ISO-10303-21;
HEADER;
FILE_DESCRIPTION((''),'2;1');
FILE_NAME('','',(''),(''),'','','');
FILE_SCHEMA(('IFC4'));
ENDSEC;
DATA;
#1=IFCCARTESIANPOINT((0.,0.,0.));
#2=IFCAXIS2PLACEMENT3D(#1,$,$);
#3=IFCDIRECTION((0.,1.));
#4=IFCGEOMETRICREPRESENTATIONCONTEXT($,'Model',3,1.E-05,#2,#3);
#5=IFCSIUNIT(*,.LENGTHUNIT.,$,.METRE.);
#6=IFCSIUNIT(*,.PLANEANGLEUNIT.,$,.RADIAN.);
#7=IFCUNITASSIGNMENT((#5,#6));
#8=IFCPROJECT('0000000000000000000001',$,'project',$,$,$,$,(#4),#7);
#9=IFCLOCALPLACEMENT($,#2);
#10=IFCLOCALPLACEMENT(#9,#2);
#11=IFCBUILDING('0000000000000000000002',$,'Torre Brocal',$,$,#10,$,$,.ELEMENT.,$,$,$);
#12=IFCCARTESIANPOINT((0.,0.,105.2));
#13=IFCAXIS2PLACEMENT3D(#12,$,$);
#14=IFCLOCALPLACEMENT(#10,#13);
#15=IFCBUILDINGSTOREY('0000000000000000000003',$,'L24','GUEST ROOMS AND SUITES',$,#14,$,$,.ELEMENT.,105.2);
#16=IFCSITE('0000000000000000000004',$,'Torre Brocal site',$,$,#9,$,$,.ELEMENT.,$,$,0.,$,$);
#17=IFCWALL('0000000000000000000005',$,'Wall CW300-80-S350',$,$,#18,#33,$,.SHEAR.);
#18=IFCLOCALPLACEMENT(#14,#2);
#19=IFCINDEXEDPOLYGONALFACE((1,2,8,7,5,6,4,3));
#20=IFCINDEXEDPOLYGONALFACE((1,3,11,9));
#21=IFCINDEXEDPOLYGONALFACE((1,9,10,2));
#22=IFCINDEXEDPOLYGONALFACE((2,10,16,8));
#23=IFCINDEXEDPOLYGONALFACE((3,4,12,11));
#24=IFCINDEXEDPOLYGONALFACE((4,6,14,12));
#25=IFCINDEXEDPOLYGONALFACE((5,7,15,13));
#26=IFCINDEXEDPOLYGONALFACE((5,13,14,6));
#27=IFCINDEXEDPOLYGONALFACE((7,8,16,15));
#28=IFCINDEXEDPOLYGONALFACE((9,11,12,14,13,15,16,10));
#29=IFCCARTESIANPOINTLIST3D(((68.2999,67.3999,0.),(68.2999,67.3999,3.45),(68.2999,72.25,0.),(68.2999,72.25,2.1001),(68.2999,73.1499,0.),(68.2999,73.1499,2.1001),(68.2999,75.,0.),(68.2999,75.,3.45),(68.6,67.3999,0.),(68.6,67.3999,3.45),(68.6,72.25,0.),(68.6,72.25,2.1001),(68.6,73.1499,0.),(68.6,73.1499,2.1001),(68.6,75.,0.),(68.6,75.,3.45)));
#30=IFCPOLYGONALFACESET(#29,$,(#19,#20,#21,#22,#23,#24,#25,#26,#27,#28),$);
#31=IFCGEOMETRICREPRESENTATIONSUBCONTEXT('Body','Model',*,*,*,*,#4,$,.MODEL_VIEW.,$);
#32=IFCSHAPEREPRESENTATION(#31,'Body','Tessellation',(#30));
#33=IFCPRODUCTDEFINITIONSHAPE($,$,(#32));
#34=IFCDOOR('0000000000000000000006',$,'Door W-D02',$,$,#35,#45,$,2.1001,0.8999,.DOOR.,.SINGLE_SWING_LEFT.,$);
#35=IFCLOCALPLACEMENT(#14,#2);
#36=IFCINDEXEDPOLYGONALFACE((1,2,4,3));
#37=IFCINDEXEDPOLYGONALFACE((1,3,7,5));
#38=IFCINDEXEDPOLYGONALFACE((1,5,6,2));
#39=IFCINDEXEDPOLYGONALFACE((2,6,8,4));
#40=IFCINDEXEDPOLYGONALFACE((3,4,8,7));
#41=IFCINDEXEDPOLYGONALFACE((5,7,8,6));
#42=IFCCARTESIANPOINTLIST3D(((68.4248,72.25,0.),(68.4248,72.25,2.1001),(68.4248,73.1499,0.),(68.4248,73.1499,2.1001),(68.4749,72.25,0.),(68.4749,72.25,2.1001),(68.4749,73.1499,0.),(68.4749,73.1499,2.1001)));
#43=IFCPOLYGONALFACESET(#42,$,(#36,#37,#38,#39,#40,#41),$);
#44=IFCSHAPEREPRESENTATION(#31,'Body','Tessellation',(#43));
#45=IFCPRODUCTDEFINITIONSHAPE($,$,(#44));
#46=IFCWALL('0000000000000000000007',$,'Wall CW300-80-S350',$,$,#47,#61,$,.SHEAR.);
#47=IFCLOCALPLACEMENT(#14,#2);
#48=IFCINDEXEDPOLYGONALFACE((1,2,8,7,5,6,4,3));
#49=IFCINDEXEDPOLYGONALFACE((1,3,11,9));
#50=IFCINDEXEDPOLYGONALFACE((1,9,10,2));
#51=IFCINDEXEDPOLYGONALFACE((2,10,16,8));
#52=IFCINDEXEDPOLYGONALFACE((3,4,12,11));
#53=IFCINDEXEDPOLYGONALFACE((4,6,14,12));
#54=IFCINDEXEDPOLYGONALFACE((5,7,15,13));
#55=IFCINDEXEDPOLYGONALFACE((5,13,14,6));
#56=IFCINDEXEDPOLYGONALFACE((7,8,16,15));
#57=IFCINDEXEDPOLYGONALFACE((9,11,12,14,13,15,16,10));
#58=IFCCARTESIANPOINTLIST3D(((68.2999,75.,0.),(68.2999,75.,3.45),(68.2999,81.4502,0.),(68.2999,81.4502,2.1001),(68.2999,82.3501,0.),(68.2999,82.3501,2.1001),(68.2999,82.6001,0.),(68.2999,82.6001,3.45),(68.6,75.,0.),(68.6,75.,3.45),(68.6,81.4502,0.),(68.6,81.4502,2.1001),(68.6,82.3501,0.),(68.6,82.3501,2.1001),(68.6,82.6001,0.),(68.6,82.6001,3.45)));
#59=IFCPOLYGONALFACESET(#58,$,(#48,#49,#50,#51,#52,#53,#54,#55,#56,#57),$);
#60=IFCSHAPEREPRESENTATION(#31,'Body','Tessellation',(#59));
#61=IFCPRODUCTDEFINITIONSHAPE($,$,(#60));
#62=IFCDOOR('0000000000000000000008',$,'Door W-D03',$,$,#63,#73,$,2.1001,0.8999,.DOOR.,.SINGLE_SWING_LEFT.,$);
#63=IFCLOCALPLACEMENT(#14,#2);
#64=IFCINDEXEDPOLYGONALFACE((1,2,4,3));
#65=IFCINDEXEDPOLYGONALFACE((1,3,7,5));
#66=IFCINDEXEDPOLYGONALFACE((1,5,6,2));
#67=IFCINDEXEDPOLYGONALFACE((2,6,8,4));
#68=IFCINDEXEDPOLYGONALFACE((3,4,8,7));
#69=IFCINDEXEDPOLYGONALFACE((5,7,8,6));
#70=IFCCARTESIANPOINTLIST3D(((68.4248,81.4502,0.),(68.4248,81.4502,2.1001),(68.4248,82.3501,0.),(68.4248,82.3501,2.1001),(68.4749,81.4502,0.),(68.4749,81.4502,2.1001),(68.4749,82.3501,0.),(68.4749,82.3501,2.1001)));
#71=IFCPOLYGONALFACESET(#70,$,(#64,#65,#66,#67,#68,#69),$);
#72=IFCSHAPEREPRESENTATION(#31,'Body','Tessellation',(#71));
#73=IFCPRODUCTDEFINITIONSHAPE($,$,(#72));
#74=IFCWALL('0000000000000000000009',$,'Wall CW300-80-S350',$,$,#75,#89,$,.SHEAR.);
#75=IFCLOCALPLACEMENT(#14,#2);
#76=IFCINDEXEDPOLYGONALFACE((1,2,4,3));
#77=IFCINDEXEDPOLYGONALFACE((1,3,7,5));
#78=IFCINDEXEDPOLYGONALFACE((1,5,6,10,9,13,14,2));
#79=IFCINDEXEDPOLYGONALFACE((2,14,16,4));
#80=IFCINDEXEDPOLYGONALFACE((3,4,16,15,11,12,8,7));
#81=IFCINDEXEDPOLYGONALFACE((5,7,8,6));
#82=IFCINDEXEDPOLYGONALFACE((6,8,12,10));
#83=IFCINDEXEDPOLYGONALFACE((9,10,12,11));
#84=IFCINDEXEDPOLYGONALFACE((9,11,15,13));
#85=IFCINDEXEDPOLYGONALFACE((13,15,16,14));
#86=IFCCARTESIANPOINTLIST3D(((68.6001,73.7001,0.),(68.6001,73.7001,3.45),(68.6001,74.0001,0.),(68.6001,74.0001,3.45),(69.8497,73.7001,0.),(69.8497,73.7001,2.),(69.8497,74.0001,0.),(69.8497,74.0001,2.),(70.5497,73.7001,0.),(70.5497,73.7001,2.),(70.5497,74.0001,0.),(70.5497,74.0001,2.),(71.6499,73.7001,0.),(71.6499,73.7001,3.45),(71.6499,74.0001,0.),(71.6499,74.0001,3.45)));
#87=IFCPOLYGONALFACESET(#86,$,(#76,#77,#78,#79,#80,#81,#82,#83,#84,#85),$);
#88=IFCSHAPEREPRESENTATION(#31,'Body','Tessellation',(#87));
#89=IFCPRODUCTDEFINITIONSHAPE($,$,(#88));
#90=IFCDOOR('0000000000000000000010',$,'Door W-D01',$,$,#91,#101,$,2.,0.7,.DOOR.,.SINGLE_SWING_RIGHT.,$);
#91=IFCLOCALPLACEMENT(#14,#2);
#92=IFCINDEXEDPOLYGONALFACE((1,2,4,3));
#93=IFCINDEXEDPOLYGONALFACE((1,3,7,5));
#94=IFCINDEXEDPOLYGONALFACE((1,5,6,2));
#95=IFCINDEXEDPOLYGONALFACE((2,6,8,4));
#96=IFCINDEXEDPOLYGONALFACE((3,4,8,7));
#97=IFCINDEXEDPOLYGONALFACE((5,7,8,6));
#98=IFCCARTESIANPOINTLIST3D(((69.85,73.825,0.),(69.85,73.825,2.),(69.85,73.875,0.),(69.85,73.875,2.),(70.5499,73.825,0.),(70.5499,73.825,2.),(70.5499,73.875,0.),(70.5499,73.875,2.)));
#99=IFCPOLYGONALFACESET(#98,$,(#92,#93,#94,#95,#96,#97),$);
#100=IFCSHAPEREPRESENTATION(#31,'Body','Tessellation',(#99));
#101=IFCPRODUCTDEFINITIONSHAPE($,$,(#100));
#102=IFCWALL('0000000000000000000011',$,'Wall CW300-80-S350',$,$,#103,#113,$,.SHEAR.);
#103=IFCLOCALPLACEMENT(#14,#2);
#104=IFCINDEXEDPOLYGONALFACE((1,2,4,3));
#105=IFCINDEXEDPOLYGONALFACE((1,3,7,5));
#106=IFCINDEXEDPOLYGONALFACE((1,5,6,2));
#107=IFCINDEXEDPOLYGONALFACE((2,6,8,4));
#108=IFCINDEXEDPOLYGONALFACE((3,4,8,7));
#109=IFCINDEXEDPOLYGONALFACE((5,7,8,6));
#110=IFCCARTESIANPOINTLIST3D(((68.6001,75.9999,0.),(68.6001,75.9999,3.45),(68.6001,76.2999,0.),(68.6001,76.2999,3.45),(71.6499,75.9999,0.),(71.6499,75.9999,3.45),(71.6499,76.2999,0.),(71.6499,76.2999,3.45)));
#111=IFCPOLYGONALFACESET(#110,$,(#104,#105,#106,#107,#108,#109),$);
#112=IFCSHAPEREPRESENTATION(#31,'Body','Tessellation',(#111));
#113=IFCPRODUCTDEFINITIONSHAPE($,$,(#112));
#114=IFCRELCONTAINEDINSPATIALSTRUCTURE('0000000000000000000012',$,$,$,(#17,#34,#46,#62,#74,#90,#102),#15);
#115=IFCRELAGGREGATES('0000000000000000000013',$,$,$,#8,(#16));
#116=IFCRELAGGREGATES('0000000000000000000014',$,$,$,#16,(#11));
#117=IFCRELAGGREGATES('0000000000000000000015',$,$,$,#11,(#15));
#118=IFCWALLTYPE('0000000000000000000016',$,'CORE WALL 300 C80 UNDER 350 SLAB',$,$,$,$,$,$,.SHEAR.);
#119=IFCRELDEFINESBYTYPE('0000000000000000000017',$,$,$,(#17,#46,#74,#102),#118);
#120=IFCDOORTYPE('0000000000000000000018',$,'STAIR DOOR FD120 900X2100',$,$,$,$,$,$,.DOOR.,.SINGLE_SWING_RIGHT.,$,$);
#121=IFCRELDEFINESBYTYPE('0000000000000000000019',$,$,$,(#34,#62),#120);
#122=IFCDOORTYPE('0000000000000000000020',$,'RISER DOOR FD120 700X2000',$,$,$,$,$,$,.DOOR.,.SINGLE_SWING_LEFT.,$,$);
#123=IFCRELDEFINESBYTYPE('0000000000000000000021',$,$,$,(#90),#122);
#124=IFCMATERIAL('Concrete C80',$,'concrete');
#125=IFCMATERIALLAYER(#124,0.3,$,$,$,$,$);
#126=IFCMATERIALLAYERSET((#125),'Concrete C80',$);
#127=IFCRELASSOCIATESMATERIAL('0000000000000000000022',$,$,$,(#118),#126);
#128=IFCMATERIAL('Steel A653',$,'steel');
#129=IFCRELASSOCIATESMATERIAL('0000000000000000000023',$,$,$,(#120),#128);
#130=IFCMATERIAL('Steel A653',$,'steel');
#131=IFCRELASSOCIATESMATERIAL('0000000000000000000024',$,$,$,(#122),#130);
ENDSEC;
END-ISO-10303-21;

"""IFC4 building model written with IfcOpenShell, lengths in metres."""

from ifc_helpers import new_model, si_unit, direction, frame, frame_2d, origin, place, context, subcontext, project, spatial, rectangle, extrude, material, layer, layer_set, type_object, element, fill, save


model = new_model("IFC4")

# Units and contexts
model_context = context("Model", 3, precision=1e-05, world=origin(), true_north=direction((0.0, 1.0)))
body_context = subcontext(model_context, "Body", "Model", "MODEL_VIEW")
ifc_project = project(units=[si_unit("LENGTHUNIT", "METRE"), si_unit("PLANEANGLEUNIT", "RADIAN")], contexts=[model_context])

# Site, building, storey
site_placement = place(None, origin())
site = spatial("IfcSite", under=ifc_project, at=site_placement, Name="Torre Brocal site", CompositionType="ELEMENT", RefElevation=0.0)
building_placement = place(site_placement, origin())
building = spatial("IfcBuilding", under=site, at=building_placement, Name="Torre Brocal", CompositionType="ELEMENT")
storey_placement = place(building_placement, frame((0.0, 0.0, 105.2)))
storey = spatial("IfcBuildingStorey", under=building, at=storey_placement, Name="L24", Description="GUEST ROOMS AND SUITES", CompositionType="ELEMENT", Elevation=105.2)

# Walls, openings, doors
ifc_material_1 = material(Name="Concrete C80", Category="concrete")
ifc_layer_1 = layer(ifc_material_1, 0.3)
ifc_layer_set_1 = layer_set([ifc_layer_1], Name="Concrete C80")
wall_type_1 = type_object("IfcWallType", Name="CORE WALL 300 C80 UNDER 350 SLAB", PredefinedType="SHEAR", material=ifc_layer_set_1)
wall_1_placement = place(storey_placement, frame((68.45, 75.0, 0.0), z_axis=(0.0, 0.0, 1.0), x_axis=(0.0, -1.0, 0.0)))
wall_1 = element("IfcWall", 1, at=wall_1_placement, inside=storey, type_object=wall_type_1, Name="Wall CW300-80-S350", PredefinedType="SHEAR", context=body_context, shape_type="SweptSolid", body=[
    extrude(rectangle(XDim=7.6001, YDim=0.3, at=frame_2d((3.8, 0.0))), origin(), (0.0, 0.0, 1.0), 3.45),
])
opening_1_placement = place(wall_1_placement, frame((1.8501, 0.0, 0.0)))
opening_1 = element("IfcOpeningElement", 2, at=opening_1_placement, cuts=wall_1, PredefinedType="OPENING", context=body_context, shape_type="SweptSolid", body=[
    extrude(rectangle(XDim=0.8999, YDim=2.1001, at=frame_2d((0.45, 1.05))), frame((0.0, 0.1599, 0.0), z_axis=(0.0, -1.0, 0.0), x_axis=(1.0, 0.0, 0.0)), (0.0, 0.0, 1.0), 0.3201),
])
ifc_material_2 = material(Name="Steel A653", Category="steel")
door_type_1 = type_object("IfcDoorType", Name="STAIR DOOR FD120 900X2100", OperationType="SINGLE_SWING_RIGHT", PredefinedType="DOOR", material=ifc_material_2)
door_1_placement = place(opening_1_placement, origin())
door_1 = element("IfcDoor", 3, at=door_1_placement, inside=storey, type_object=door_type_1, Name="Door W-D02", OperationType="SINGLE_SWING_LEFT", OverallHeight=2.1001, OverallWidth=0.8999, PredefinedType="DOOR", context=body_context, shape_type="SweptSolid", body=[
    extrude(rectangle(XDim=0.8999, YDim=2.1001, at=frame_2d((0.45, 1.05))), frame((0.0, 0.0249, 0.0), z_axis=(0.0, -1.0, 0.0), x_axis=(1.0, 0.0, 0.0)), (0.0, 0.0, 1.0), 0.05),
])
fill(opening_1, door_1)
wall_2_placement = place(storey_placement, frame((68.45, 82.6001, 0.0), z_axis=(0.0, 0.0, 1.0), x_axis=(0.0, -1.0, 0.0)))
wall_2 = element("IfcWall", 4, at=wall_2_placement, inside=storey, type_object=wall_type_1, Name="Wall CW300-80-S350", PredefinedType="SHEAR", context=body_context, shape_type="SweptSolid", body=[
    extrude(rectangle(XDim=7.6001, YDim=0.3, at=frame_2d((3.8, 0.0))), origin(), (0.0, 0.0, 1.0), 3.45),
])
opening_2_placement = place(wall_2_placement, frame((0.25, 0.0, 0.0)))
opening_2 = element("IfcOpeningElement", 5, at=opening_2_placement, cuts=wall_2, PredefinedType="OPENING", context=body_context, shape_type="SweptSolid", body=[
    extrude(rectangle(XDim=0.8999, YDim=2.1001, at=frame_2d((0.45, 1.05))), frame((0.0, 0.1599, 0.0), z_axis=(0.0, -1.0, 0.0), x_axis=(1.0, 0.0, 0.0)), (0.0, 0.0, 1.0), 0.3201),
])
door_2_placement = place(opening_2_placement, origin())
door_2 = element("IfcDoor", 6, at=door_2_placement, inside=storey, type_object=door_type_1, Name="Door W-D03", OperationType="SINGLE_SWING_LEFT", OverallHeight=2.1001, OverallWidth=0.8999, PredefinedType="DOOR", context=body_context, shape_type="SweptSolid", body=[
    extrude(rectangle(XDim=0.8999, YDim=2.1001, at=frame_2d((0.45, 1.05))), frame((0.0, 0.0249, 0.0), z_axis=(0.0, -1.0, 0.0), x_axis=(1.0, 0.0, 0.0)), (0.0, 0.0, 1.0), 0.05),
])
fill(opening_2, door_2)
wall_3_placement = place(storey_placement, frame((71.6499, 73.8501, 0.0), z_axis=(0.0, 0.0, 1.0), x_axis=(-1.0, 0.0, 0.0)))
wall_3 = element("IfcWall", 7, at=wall_3_placement, inside=storey, type_object=wall_type_1, Name="Wall CW300-80-S350", PredefinedType="SHEAR", context=body_context, shape_type="SweptSolid", body=[
    extrude(rectangle(XDim=3.0498, YDim=0.3, at=frame_2d((1.5249, 0.0))), origin(), (0.0, 0.0, 1.0), 3.45),
])
opening_3_placement = place(wall_3_placement, frame((1.1001, 0.0, 0.0)))
opening_3 = element("IfcOpeningElement", 8, at=opening_3_placement, cuts=wall_3, PredefinedType="OPENING", context=body_context, shape_type="SweptSolid", body=[
    extrude(rectangle(XDim=0.7, YDim=2.0, at=frame_2d((0.3501, 1.0))), frame((0.0, 0.1599, 0.0), z_axis=(0.0, -1.0, 0.0), x_axis=(1.0, 0.0, 0.0)), (0.0, 0.0, 1.0), 0.3201),
])
ifc_material_3 = material(Name="Steel A653", Category="steel")
door_type_2 = type_object("IfcDoorType", Name="RISER DOOR FD120 700X2000", OperationType="SINGLE_SWING_LEFT", PredefinedType="DOOR", material=ifc_material_3)
door_3_placement = place(opening_3_placement, frame((0.7, 0.0, 0.0), z_axis=(0.0, 0.0, 1.0), x_axis=(-1.0, 0.0, 0.0)))
door_3 = element("IfcDoor", 9, at=door_3_placement, inside=storey, type_object=door_type_2, Name="Door W-D01", OperationType="SINGLE_SWING_RIGHT", OverallHeight=2.0, OverallWidth=0.7, PredefinedType="DOOR", context=body_context, shape_type="SweptSolid", body=[
    extrude(rectangle(XDim=0.7, YDim=2.0, at=frame_2d((0.3501, 1.0))), frame((0.0, 0.0249, 0.0), z_axis=(0.0, -1.0, 0.0), x_axis=(1.0, 0.0, 0.0)), (0.0, 0.0, 1.0), 0.05),
])
fill(opening_3, door_3)

# Wall
wall_4_placement = place(storey_placement, frame((71.6499, 76.1499, 0.0), z_axis=(0.0, 0.0, 1.0), x_axis=(-1.0, 0.0, 0.0)))
element("IfcWall", 10, at=wall_4_placement, inside=storey, type_object=wall_type_1, Name="Wall CW300-80-S350", PredefinedType="SHEAR", context=body_context, shape_type="SweptSolid", body=[
    extrude(rectangle(XDim=3.0498, YDim=0.3, at=frame_2d((1.5249, 0.0))), origin(), (0.0, 0.0, 1.0), 3.45),
])

save(model, "model.ifc")
